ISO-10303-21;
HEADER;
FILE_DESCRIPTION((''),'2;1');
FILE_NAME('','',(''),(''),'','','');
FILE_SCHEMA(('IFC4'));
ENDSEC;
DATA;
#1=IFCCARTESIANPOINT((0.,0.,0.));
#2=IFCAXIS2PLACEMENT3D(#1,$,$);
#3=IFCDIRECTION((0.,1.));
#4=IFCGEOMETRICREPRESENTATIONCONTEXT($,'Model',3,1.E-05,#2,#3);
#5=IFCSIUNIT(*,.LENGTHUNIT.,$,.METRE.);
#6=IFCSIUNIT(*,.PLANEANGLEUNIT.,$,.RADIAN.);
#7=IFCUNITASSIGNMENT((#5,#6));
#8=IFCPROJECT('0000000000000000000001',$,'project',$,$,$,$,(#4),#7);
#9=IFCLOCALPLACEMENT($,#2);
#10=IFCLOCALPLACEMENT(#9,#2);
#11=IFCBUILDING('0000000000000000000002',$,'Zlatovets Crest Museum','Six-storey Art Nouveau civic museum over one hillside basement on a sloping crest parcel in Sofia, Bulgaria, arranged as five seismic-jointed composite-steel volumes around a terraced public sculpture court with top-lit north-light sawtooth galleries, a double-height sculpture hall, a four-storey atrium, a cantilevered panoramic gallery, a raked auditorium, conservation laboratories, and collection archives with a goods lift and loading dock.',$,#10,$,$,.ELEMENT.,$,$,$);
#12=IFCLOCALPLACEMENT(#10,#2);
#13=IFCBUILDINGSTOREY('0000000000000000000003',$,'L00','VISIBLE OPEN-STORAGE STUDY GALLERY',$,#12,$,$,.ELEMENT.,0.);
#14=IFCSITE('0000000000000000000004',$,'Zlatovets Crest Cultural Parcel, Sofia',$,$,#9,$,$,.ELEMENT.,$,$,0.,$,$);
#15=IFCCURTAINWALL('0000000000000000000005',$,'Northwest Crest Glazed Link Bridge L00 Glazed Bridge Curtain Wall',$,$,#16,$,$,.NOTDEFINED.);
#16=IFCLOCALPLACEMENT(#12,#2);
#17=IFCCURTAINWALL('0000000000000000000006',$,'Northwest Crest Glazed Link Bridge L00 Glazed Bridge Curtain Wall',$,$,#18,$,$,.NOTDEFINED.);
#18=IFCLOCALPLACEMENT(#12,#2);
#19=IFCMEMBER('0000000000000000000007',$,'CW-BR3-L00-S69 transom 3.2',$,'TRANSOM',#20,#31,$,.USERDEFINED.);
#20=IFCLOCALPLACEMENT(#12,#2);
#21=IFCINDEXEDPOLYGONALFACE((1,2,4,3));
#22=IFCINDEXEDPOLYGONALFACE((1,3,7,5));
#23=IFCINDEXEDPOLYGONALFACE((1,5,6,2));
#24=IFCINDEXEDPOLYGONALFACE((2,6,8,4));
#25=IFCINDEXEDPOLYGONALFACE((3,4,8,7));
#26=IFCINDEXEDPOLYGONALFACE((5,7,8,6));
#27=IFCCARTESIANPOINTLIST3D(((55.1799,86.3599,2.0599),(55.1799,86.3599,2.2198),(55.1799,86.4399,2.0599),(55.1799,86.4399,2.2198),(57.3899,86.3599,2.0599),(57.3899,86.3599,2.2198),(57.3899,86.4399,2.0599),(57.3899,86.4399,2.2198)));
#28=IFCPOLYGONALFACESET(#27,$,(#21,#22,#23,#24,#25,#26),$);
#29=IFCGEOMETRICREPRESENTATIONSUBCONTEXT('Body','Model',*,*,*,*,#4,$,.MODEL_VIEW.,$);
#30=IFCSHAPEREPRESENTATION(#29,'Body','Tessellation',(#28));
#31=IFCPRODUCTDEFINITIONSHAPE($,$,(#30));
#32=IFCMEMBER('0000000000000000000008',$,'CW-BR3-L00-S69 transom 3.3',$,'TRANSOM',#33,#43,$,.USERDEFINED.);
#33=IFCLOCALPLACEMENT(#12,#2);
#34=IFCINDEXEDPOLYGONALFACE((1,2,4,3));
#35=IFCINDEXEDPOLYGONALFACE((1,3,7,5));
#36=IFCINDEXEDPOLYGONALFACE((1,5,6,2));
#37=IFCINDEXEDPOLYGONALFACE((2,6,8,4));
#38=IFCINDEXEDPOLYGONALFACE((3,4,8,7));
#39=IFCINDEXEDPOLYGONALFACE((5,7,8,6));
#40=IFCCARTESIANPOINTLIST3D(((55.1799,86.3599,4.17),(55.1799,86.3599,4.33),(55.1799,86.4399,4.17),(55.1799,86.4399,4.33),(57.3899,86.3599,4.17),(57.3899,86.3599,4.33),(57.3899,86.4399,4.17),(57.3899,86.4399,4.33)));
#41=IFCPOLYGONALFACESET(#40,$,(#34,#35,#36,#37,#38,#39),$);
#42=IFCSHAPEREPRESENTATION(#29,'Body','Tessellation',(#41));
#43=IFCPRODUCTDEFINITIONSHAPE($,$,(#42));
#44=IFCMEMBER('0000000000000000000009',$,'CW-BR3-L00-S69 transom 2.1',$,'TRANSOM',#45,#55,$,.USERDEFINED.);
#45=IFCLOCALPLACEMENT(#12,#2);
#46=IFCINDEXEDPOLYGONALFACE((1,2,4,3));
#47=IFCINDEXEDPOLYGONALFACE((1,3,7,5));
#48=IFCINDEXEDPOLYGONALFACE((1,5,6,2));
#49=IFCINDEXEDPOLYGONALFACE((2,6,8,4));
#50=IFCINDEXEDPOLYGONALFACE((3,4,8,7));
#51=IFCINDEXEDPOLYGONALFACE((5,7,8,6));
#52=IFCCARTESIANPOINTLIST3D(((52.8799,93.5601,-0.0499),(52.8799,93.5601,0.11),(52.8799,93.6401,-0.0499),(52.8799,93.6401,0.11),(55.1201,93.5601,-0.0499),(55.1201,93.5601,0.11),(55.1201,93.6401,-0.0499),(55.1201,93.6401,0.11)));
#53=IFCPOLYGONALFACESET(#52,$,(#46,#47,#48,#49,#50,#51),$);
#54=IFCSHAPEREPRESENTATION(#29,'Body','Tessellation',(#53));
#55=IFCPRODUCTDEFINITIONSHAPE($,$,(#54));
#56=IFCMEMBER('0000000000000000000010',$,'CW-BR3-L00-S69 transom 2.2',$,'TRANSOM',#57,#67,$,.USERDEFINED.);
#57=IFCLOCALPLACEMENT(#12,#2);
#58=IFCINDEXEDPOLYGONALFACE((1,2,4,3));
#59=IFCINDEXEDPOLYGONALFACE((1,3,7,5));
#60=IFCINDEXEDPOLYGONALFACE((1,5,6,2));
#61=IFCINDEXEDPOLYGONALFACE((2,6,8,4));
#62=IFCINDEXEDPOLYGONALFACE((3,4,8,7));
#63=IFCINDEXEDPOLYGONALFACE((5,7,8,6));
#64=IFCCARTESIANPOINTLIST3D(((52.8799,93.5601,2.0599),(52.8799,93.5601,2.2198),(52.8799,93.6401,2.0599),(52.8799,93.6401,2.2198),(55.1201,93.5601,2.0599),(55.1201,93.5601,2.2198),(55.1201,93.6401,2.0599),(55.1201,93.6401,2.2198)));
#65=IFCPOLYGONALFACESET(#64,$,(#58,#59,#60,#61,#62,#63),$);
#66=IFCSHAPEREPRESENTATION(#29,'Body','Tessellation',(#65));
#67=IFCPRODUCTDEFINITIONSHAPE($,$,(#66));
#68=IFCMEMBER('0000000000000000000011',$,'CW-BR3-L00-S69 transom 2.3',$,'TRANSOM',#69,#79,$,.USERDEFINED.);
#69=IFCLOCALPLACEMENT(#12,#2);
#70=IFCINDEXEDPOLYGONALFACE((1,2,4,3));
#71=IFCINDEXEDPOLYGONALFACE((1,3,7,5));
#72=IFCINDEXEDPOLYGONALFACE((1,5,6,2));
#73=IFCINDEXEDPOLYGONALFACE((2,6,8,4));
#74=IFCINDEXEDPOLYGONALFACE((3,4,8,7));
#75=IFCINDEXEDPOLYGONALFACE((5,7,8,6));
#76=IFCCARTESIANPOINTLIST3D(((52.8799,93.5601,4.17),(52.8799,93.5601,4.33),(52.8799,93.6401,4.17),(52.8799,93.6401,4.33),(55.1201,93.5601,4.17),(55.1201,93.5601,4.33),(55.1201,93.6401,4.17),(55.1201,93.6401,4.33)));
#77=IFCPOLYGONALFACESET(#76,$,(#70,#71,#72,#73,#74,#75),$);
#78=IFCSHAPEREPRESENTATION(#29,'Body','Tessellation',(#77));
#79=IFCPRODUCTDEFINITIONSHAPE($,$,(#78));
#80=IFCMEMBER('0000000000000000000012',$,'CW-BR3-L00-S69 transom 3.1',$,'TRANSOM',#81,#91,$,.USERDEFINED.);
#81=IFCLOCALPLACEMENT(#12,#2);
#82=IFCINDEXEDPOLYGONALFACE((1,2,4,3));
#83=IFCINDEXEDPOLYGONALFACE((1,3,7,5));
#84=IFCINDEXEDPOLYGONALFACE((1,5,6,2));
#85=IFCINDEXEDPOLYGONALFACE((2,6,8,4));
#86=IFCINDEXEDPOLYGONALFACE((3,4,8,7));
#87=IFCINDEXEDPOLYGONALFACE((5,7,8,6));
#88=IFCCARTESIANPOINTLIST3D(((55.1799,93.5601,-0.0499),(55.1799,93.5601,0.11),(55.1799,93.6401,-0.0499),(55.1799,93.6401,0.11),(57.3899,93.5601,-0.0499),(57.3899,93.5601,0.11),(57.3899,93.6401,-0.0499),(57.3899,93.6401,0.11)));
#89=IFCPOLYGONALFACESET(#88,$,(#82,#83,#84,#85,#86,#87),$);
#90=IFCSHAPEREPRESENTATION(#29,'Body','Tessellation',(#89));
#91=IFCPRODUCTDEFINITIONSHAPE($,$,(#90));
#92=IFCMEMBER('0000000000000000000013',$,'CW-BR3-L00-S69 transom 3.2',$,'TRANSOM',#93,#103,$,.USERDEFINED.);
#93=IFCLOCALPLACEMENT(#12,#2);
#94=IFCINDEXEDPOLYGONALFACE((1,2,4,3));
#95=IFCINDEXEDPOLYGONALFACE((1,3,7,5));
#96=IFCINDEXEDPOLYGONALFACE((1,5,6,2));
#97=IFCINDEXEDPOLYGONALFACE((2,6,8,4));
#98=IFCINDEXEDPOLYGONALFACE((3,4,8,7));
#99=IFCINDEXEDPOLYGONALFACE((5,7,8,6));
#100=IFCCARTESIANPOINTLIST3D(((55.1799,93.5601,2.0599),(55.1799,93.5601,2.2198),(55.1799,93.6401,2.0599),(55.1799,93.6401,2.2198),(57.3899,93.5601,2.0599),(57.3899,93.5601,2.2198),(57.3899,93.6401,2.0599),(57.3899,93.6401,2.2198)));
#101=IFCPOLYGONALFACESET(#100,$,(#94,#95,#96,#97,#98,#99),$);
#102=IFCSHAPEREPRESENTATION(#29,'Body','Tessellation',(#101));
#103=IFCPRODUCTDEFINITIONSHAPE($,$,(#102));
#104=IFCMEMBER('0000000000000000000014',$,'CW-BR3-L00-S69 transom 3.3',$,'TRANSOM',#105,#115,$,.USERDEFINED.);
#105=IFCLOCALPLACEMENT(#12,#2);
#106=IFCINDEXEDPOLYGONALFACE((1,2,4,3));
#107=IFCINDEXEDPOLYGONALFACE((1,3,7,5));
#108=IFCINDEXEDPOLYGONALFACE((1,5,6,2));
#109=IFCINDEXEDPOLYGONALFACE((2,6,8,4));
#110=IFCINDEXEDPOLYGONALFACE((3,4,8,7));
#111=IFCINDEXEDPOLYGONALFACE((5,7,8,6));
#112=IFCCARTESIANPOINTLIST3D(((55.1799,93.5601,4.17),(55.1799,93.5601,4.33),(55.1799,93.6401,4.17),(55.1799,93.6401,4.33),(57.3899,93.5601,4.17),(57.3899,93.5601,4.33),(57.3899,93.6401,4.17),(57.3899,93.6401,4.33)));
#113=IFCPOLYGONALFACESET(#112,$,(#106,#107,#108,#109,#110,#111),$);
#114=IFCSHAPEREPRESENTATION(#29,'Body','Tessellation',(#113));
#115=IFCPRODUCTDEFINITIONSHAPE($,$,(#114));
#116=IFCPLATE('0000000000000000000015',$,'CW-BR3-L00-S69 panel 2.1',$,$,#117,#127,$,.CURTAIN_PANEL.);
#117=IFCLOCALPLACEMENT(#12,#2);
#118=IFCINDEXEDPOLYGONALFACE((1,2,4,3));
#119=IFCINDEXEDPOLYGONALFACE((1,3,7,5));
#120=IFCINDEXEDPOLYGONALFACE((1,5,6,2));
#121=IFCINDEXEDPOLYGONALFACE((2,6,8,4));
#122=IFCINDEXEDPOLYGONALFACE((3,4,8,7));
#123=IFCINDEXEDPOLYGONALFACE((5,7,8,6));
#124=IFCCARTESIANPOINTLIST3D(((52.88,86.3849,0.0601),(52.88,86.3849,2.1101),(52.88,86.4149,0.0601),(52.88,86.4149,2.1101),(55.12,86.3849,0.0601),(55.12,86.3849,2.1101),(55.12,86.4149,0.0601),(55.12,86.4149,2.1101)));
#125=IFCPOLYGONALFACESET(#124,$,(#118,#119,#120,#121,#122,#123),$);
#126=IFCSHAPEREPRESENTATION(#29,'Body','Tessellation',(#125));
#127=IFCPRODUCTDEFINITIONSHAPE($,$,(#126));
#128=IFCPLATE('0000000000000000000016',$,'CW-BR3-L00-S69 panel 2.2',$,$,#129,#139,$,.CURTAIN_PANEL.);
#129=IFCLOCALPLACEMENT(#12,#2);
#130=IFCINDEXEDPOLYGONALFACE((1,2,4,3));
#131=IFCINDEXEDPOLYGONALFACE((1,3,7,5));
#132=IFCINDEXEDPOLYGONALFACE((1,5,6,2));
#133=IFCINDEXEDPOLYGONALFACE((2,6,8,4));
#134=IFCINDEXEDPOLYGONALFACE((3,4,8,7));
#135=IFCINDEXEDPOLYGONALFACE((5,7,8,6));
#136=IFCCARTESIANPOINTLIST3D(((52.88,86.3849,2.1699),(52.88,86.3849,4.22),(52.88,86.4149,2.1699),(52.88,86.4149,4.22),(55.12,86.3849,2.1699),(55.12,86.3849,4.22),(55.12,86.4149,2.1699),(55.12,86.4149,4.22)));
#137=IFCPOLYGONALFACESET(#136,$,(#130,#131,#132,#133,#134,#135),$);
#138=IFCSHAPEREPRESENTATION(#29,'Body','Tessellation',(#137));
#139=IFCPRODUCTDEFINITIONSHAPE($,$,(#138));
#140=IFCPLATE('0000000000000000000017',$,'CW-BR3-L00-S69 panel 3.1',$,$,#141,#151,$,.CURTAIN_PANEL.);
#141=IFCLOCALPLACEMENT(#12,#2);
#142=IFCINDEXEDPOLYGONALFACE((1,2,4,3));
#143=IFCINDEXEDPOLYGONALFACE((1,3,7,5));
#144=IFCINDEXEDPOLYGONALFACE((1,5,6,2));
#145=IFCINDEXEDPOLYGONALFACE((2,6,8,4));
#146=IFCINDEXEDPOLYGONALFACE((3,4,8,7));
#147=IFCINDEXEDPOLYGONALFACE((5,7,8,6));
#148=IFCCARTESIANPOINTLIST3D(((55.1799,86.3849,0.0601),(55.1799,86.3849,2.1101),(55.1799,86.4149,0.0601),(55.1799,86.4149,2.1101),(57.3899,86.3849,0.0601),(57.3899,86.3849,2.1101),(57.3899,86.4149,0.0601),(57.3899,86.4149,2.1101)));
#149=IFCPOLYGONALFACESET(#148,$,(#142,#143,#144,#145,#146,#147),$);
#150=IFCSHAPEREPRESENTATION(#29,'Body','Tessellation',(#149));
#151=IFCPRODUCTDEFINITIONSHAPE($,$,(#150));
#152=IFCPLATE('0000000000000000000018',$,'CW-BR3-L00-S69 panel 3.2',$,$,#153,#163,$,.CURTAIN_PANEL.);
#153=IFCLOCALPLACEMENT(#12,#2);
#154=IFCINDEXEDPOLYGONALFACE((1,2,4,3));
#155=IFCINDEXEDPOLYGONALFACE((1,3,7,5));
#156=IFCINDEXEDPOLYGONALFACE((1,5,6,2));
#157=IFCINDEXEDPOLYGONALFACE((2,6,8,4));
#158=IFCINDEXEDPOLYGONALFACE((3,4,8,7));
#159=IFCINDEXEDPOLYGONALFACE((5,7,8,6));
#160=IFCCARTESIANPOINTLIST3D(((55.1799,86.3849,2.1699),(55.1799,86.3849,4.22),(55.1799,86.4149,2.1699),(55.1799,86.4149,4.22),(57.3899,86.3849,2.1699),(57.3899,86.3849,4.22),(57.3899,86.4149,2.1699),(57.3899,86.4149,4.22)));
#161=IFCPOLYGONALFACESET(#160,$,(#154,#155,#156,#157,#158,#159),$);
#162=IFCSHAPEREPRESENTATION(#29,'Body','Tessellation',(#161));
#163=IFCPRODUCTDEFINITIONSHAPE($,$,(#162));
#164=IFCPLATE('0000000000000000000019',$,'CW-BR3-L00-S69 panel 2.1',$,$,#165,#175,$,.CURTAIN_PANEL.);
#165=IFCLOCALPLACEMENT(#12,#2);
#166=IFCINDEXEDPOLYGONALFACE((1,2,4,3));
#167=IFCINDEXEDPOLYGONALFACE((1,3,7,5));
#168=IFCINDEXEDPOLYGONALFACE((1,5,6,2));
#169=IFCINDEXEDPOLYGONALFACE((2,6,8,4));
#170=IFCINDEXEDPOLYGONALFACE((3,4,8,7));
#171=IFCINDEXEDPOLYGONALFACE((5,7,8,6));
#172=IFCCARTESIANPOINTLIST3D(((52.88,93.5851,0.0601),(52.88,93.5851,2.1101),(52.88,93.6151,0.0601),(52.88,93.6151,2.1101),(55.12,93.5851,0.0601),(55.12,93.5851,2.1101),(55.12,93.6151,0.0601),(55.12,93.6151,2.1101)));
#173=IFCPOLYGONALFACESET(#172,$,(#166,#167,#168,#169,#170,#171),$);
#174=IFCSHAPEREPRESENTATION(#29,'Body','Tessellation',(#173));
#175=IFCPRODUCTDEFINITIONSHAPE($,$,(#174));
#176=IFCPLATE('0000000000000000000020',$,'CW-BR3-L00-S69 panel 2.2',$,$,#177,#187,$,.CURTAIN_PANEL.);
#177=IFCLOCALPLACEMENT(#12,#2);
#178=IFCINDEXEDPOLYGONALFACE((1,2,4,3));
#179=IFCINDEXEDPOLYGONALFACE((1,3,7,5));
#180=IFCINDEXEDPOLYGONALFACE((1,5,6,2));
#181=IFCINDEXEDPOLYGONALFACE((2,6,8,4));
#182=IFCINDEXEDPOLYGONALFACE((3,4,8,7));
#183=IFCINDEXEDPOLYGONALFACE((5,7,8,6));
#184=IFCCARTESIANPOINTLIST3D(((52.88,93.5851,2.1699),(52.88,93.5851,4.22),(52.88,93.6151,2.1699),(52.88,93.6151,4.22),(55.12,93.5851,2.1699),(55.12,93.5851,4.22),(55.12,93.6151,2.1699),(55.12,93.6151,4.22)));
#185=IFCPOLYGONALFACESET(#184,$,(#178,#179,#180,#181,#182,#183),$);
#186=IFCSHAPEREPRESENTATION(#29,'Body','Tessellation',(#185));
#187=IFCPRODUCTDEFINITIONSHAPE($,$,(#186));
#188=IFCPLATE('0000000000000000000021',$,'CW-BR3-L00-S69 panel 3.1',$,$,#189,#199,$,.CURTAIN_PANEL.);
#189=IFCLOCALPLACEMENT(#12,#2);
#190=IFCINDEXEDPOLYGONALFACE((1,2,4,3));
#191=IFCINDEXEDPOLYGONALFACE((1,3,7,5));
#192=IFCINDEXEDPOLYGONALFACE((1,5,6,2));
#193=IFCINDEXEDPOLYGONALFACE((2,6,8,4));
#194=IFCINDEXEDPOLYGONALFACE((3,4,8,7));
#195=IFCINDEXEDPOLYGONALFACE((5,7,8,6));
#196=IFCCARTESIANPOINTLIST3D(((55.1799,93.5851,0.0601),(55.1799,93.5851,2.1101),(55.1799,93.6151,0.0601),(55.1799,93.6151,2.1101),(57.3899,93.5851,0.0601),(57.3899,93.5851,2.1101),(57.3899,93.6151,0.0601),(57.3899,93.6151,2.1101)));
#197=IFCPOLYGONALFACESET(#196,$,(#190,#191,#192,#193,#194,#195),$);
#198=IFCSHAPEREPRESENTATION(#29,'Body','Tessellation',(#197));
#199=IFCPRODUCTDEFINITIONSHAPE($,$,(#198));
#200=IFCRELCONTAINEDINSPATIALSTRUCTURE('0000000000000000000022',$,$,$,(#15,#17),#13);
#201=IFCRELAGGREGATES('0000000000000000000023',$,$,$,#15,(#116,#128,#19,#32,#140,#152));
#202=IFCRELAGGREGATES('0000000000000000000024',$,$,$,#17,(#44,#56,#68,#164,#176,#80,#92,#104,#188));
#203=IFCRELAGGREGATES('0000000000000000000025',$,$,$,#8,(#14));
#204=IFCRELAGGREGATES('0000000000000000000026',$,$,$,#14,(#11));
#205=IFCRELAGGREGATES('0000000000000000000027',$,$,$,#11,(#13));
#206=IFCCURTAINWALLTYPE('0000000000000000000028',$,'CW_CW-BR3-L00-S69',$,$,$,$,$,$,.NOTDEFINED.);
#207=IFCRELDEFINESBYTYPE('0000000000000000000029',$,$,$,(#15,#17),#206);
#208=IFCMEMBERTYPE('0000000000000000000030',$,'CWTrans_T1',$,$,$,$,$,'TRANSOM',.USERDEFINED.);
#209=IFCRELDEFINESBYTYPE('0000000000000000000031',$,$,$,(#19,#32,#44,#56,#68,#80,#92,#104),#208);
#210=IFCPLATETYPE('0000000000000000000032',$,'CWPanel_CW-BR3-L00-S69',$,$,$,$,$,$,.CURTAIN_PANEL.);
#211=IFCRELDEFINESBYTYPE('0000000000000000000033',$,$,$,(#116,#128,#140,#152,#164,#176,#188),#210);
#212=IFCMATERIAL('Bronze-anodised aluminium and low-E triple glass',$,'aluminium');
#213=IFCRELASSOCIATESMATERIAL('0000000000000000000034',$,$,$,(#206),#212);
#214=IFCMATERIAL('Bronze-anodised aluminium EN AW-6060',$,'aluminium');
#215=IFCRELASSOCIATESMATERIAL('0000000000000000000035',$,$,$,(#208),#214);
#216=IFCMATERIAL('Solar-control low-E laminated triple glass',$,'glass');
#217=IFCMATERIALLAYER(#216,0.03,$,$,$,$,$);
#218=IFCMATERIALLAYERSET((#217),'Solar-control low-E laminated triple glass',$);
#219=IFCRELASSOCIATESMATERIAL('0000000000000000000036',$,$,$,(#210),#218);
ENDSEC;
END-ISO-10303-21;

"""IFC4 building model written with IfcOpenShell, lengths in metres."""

from ifc_helpers import new_model, si_unit, direction, frame, origin, origin_2d, place, context, subcontext, project, spatial, rectangle, extrude, material, layer, layer_set, material_profile, profile_set, type_object, element, aggregate, save


model = new_model("IFC4")

# Units and contexts
model_context = context("Model", 3, precision=1e-05, world=origin(), true_north=direction((0.0, 1.0)))
body_context = subcontext(model_context, "Body", "Model", "MODEL_VIEW")
ifc_project = project(units=[si_unit("LENGTHUNIT", "METRE"), si_unit("PLANEANGLEUNIT", "RADIAN")], contexts=[model_context])

# Site, building, storey
site_placement = place(None, origin())
site = spatial("IfcSite", under=ifc_project, at=site_placement, Name="Zlatovets Crest Cultural Parcel, Sofia", CompositionType="ELEMENT", RefElevation=0.0)
building_placement = place(site_placement, origin())
building = spatial("IfcBuilding", under=site, at=building_placement, Name="Zlatovets Crest Museum", Description="Six-storey Art Nouveau civic museum over one hillside basement on a sloping crest parcel in Sofia, Bulgaria, arranged as five seismic-jointed composite-steel volumes around a terraced public sculpture court with top-lit north-light sawtooth galleries, a double-height sculpture hall, a four-storey atrium, a cantilevered panoramic gallery, a raked auditorium, conservation laboratories, and collection archives with a goods lift and loading dock.", CompositionType="ELEMENT")
storey_placement = place(building_placement, origin())
storey = spatial("IfcBuildingStorey", under=building, at=storey_placement, Name="L00", Description="VISIBLE OPEN-STORAGE STUDY GALLERY", CompositionType="ELEMENT", Elevation=0.0)

# Curtain walls
ifc_material_1 = material(Name="Bronze-anodised aluminium and low-E triple glass", Category="aluminium")
curtain_wall_type = type_object("IfcCurtainWallType", Name="CW_CW-BR3-L00-S69", PredefinedType="NOTDEFINED", material=ifc_material_1)
curtain_wall_1_placement = place(storey_placement, origin())
curtain_wall_1 = element("IfcCurtainWall", 1, at=curtain_wall_1_placement, inside=storey, type_object=curtain_wall_type, Name="Northwest Crest Glazed Link Bridge L00 Glazed Bridge Curtain Wall", PredefinedType="NOTDEFINED")
ifc_material_2 = material(Name="Bronze-anodised aluminium EN AW-6060", Category="aluminium")
curtain_wall_2_placement = place(storey_placement, origin())
curtain_wall_2 = element("IfcCurtainWall", 2, at=curtain_wall_2_placement, inside=storey, type_object=curtain_wall_type, Name="Northwest Crest Glazed Link Bridge L00 Glazed Bridge Curtain Wall", PredefinedType="NOTDEFINED")

# Members
ifc_material_profile_1 = material_profile(ifc_material_2, rectangle(XDim=0.0801, YDim=0.1599, at=origin_2d()), Name="ALU 80x160")
ifc_profile_set_1 = profile_set([ifc_material_profile_1], Name="Bronze-anodised aluminium EN AW-6060")
member_type_1 = type_object("IfcMemberType", Name="CWTrans_T1", ElementType="TRANSOM", PredefinedType="USERDEFINED", material=ifc_profile_set_1)
member_1_placement = place(storey_placement, frame((55.1799, 86.3999, 2.1399), z_axis=(1.0, 0.0, 0.0), x_axis=(0.0, 1.0, 0.0)))
member_1 = element("IfcMember", 3, at=member_1_placement, type_object=member_type_1, Name="CW-BR3-L00-S69 transom 3.2", ObjectType="TRANSOM", PredefinedType="USERDEFINED", context=body_context, shape_type="SweptSolid", body=[
    extrude(rectangle(XDim=0.0801, YDim=0.1599, at=origin_2d()), origin(), (0.0, 0.0, 1.0), 2.21),
])
member_2_placement = place(storey_placement, frame((55.1799, 86.3999, 4.25), z_axis=(1.0, 0.0, 0.0), x_axis=(0.0, 1.0, 0.0)))
member_2 = element("IfcMember", 4, at=member_2_placement, type_object=member_type_1, Name="CW-BR3-L00-S69 transom 3.3", ObjectType="TRANSOM", PredefinedType="USERDEFINED", context=body_context, shape_type="SweptSolid", body=[
    extrude(rectangle(XDim=0.0801, YDim=0.1599, at=origin_2d()), origin(), (0.0, 0.0, 1.0), 2.21),
])
member_3_placement = place(storey_placement, frame((52.8799, 93.6001, 0.03), z_axis=(1.0, 0.0, 0.0), x_axis=(0.0, 1.0, 0.0)))
member_3 = element("IfcMember", 5, at=member_3_placement, type_object=member_type_1, Name="CW-BR3-L00-S69 transom 2.1", ObjectType="TRANSOM", PredefinedType="USERDEFINED", context=body_context, shape_type="SweptSolid", body=[
    extrude(rectangle(XDim=0.0801, YDim=0.1599, at=origin_2d()), origin(), (0.0, 0.0, 1.0), 2.2402),
])
member_4_placement = place(storey_placement, frame((52.8799, 93.6001, 2.1399), z_axis=(1.0, 0.0, 0.0), x_axis=(0.0, 1.0, 0.0)))
member_4 = element("IfcMember", 6, at=member_4_placement, type_object=member_type_1, Name="CW-BR3-L00-S69 transom 2.2", ObjectType="TRANSOM", PredefinedType="USERDEFINED", context=body_context, shape_type="SweptSolid", body=[
    extrude(rectangle(XDim=0.0801, YDim=0.1599, at=origin_2d()), origin(), (0.0, 0.0, 1.0), 2.2402),
])
member_5_placement = place(storey_placement, frame((52.8799, 93.6001, 4.25), z_axis=(1.0, 0.0, 0.0), x_axis=(0.0, 1.0, 0.0)))
member_5 = element("IfcMember", 7, at=member_5_placement, type_object=member_type_1, Name="CW-BR3-L00-S69 transom 2.3", ObjectType="TRANSOM", PredefinedType="USERDEFINED", context=body_context, shape_type="SweptSolid", body=[
    extrude(rectangle(XDim=0.0801, YDim=0.1599, at=origin_2d()), origin(), (0.0, 0.0, 1.0), 2.2402),
])
member_6_placement = place(storey_placement, frame((55.1799, 93.6001, 0.03), z_axis=(1.0, 0.0, 0.0), x_axis=(0.0, 1.0, 0.0)))
member_6 = element("IfcMember", 8, at=member_6_placement, type_object=member_type_1, Name="CW-BR3-L00-S69 transom 3.1", ObjectType="TRANSOM", PredefinedType="USERDEFINED", context=body_context, shape_type="SweptSolid", body=[
    extrude(rectangle(XDim=0.0801, YDim=0.1599, at=origin_2d()), origin(), (0.0, 0.0, 1.0), 2.21),
])
member_7_placement = place(storey_placement, frame((55.1799, 93.6001, 2.1399), z_axis=(1.0, 0.0, 0.0), x_axis=(0.0, 1.0, 0.0)))
member_7 = element("IfcMember", 9, at=member_7_placement, type_object=member_type_1, Name="CW-BR3-L00-S69 transom 3.2", ObjectType="TRANSOM", PredefinedType="USERDEFINED", context=body_context, shape_type="SweptSolid", body=[
    extrude(rectangle(XDim=0.0801, YDim=0.1599, at=origin_2d()), origin(), (0.0, 0.0, 1.0), 2.21),
])
member_8_placement = place(storey_placement, frame((55.1799, 93.6001, 4.25), z_axis=(1.0, 0.0, 0.0), x_axis=(0.0, 1.0, 0.0)))
member_8 = element("IfcMember", 10, at=member_8_placement, type_object=member_type_1, Name="CW-BR3-L00-S69 transom 3.3", ObjectType="TRANSOM", PredefinedType="USERDEFINED", context=body_context, shape_type="SweptSolid", body=[
    extrude(rectangle(XDim=0.0801, YDim=0.1599, at=origin_2d()), origin(), (0.0, 0.0, 1.0), 2.21),
])

# Plates
ifc_material_3 = material(Name="Solar-control low-E laminated triple glass", Category="glass")
ifc_layer_1 = layer(ifc_material_3, 0.03)
ifc_layer_set_1 = layer_set([ifc_layer_1], Name="Solar-control low-E laminated triple glass")
plate_type = type_object("IfcPlateType", Name="CWPanel_CW-BR3-L00-S69", PredefinedType="CURTAIN_PANEL", material=ifc_layer_set_1)
plate_1_placement = place(storey_placement, frame((54.0, 86.3999, 0.0601), z_axis=(0.0, 0.0, 1.0), x_axis=(1.0, 0.0, 0.0)))
plate_1 = element("IfcPlate", 11, at=plate_1_placement, type_object=plate_type, Name="CW-BR3-L00-S69 panel 2.1", PredefinedType="CURTAIN_PANEL", context=body_context, shape_type="SweptSolid", body=[
    extrude(rectangle(XDim=2.24, YDim=0.03, at=origin_2d()), origin(), (0.0, 0.0, 1.0), 2.05),
])
plate_2_placement = place(storey_placement, frame((54.0, 86.3999, 2.1699), z_axis=(0.0, 0.0, 1.0), x_axis=(1.0, 0.0, 0.0)))
plate_2 = element("IfcPlate", 12, at=plate_2_placement, type_object=plate_type, Name="CW-BR3-L00-S69 panel 2.2", PredefinedType="CURTAIN_PANEL", context=body_context, shape_type="SweptSolid", body=[
    extrude(rectangle(XDim=2.24, YDim=0.03, at=origin_2d()), origin(), (0.0, 0.0, 1.0), 2.05),
])
plate_3_placement = place(storey_placement, frame((56.2849, 86.3999, 0.0601), z_axis=(0.0, 0.0, 1.0), x_axis=(1.0, 0.0, 0.0)))
plate_3 = element("IfcPlate", 13, at=plate_3_placement, type_object=plate_type, Name="CW-BR3-L00-S69 panel 3.1", PredefinedType="CURTAIN_PANEL", context=body_context, shape_type="SweptSolid", body=[
    extrude(rectangle(XDim=2.21, YDim=0.03, at=origin_2d()), origin(), (0.0, 0.0, 1.0), 2.05),
])
plate_4_placement = place(storey_placement, frame((56.2849, 86.3999, 2.1699), z_axis=(0.0, 0.0, 1.0), x_axis=(1.0, 0.0, 0.0)))
plate_4 = element("IfcPlate", 14, at=plate_4_placement, type_object=plate_type, Name="CW-BR3-L00-S69 panel 3.2", PredefinedType="CURTAIN_PANEL", context=body_context, shape_type="SweptSolid", body=[
    extrude(rectangle(XDim=2.21, YDim=0.03, at=origin_2d()), origin(), (0.0, 0.0, 1.0), 2.05),
])
aggregate(curtain_wall_1, [plate_1, plate_2, member_1, member_2, plate_3, plate_4])
plate_5_placement = place(storey_placement, frame((54.0, 93.6001, 0.0601), z_axis=(0.0, 0.0, 1.0), x_axis=(1.0, 0.0, 0.0)))
plate_5 = element("IfcPlate", 15, at=plate_5_placement, type_object=plate_type, Name="CW-BR3-L00-S69 panel 2.1", PredefinedType="CURTAIN_PANEL", context=body_context, shape_type="SweptSolid", body=[
    extrude(rectangle(XDim=2.24, YDim=0.03, at=origin_2d()), origin(), (0.0, 0.0, 1.0), 2.05),
])
plate_6_placement = place(storey_placement, frame((54.0, 93.6001, 2.1699), z_axis=(0.0, 0.0, 1.0), x_axis=(1.0, 0.0, 0.0)))
plate_6 = element("IfcPlate", 16, at=plate_6_placement, type_object=plate_type, Name="CW-BR3-L00-S69 panel 2.2", PredefinedType="CURTAIN_PANEL", context=body_context, shape_type="SweptSolid", body=[
    extrude(rectangle(XDim=2.24, YDim=0.03, at=origin_2d()), origin(), (0.0, 0.0, 1.0), 2.05),
])
plate_7_placement = place(storey_placement, frame((56.2849, 93.6001, 0.0601), z_axis=(0.0, 0.0, 1.0), x_axis=(1.0, 0.0, 0.0)))
plate_7 = element("IfcPlate", 17, at=plate_7_placement, type_object=plate_type, Name="CW-BR3-L00-S69 panel 3.1", PredefinedType="CURTAIN_PANEL", context=body_context, shape_type="SweptSolid", body=[
    extrude(rectangle(XDim=2.21, YDim=0.03, at=origin_2d()), origin(), (0.0, 0.0, 1.0), 2.05),
])
aggregate(curtain_wall_2, [member_3, member_4, member_5, plate_5, plate_6, member_6, member_7, member_8, plate_7])

save(model, "model.ifc")
